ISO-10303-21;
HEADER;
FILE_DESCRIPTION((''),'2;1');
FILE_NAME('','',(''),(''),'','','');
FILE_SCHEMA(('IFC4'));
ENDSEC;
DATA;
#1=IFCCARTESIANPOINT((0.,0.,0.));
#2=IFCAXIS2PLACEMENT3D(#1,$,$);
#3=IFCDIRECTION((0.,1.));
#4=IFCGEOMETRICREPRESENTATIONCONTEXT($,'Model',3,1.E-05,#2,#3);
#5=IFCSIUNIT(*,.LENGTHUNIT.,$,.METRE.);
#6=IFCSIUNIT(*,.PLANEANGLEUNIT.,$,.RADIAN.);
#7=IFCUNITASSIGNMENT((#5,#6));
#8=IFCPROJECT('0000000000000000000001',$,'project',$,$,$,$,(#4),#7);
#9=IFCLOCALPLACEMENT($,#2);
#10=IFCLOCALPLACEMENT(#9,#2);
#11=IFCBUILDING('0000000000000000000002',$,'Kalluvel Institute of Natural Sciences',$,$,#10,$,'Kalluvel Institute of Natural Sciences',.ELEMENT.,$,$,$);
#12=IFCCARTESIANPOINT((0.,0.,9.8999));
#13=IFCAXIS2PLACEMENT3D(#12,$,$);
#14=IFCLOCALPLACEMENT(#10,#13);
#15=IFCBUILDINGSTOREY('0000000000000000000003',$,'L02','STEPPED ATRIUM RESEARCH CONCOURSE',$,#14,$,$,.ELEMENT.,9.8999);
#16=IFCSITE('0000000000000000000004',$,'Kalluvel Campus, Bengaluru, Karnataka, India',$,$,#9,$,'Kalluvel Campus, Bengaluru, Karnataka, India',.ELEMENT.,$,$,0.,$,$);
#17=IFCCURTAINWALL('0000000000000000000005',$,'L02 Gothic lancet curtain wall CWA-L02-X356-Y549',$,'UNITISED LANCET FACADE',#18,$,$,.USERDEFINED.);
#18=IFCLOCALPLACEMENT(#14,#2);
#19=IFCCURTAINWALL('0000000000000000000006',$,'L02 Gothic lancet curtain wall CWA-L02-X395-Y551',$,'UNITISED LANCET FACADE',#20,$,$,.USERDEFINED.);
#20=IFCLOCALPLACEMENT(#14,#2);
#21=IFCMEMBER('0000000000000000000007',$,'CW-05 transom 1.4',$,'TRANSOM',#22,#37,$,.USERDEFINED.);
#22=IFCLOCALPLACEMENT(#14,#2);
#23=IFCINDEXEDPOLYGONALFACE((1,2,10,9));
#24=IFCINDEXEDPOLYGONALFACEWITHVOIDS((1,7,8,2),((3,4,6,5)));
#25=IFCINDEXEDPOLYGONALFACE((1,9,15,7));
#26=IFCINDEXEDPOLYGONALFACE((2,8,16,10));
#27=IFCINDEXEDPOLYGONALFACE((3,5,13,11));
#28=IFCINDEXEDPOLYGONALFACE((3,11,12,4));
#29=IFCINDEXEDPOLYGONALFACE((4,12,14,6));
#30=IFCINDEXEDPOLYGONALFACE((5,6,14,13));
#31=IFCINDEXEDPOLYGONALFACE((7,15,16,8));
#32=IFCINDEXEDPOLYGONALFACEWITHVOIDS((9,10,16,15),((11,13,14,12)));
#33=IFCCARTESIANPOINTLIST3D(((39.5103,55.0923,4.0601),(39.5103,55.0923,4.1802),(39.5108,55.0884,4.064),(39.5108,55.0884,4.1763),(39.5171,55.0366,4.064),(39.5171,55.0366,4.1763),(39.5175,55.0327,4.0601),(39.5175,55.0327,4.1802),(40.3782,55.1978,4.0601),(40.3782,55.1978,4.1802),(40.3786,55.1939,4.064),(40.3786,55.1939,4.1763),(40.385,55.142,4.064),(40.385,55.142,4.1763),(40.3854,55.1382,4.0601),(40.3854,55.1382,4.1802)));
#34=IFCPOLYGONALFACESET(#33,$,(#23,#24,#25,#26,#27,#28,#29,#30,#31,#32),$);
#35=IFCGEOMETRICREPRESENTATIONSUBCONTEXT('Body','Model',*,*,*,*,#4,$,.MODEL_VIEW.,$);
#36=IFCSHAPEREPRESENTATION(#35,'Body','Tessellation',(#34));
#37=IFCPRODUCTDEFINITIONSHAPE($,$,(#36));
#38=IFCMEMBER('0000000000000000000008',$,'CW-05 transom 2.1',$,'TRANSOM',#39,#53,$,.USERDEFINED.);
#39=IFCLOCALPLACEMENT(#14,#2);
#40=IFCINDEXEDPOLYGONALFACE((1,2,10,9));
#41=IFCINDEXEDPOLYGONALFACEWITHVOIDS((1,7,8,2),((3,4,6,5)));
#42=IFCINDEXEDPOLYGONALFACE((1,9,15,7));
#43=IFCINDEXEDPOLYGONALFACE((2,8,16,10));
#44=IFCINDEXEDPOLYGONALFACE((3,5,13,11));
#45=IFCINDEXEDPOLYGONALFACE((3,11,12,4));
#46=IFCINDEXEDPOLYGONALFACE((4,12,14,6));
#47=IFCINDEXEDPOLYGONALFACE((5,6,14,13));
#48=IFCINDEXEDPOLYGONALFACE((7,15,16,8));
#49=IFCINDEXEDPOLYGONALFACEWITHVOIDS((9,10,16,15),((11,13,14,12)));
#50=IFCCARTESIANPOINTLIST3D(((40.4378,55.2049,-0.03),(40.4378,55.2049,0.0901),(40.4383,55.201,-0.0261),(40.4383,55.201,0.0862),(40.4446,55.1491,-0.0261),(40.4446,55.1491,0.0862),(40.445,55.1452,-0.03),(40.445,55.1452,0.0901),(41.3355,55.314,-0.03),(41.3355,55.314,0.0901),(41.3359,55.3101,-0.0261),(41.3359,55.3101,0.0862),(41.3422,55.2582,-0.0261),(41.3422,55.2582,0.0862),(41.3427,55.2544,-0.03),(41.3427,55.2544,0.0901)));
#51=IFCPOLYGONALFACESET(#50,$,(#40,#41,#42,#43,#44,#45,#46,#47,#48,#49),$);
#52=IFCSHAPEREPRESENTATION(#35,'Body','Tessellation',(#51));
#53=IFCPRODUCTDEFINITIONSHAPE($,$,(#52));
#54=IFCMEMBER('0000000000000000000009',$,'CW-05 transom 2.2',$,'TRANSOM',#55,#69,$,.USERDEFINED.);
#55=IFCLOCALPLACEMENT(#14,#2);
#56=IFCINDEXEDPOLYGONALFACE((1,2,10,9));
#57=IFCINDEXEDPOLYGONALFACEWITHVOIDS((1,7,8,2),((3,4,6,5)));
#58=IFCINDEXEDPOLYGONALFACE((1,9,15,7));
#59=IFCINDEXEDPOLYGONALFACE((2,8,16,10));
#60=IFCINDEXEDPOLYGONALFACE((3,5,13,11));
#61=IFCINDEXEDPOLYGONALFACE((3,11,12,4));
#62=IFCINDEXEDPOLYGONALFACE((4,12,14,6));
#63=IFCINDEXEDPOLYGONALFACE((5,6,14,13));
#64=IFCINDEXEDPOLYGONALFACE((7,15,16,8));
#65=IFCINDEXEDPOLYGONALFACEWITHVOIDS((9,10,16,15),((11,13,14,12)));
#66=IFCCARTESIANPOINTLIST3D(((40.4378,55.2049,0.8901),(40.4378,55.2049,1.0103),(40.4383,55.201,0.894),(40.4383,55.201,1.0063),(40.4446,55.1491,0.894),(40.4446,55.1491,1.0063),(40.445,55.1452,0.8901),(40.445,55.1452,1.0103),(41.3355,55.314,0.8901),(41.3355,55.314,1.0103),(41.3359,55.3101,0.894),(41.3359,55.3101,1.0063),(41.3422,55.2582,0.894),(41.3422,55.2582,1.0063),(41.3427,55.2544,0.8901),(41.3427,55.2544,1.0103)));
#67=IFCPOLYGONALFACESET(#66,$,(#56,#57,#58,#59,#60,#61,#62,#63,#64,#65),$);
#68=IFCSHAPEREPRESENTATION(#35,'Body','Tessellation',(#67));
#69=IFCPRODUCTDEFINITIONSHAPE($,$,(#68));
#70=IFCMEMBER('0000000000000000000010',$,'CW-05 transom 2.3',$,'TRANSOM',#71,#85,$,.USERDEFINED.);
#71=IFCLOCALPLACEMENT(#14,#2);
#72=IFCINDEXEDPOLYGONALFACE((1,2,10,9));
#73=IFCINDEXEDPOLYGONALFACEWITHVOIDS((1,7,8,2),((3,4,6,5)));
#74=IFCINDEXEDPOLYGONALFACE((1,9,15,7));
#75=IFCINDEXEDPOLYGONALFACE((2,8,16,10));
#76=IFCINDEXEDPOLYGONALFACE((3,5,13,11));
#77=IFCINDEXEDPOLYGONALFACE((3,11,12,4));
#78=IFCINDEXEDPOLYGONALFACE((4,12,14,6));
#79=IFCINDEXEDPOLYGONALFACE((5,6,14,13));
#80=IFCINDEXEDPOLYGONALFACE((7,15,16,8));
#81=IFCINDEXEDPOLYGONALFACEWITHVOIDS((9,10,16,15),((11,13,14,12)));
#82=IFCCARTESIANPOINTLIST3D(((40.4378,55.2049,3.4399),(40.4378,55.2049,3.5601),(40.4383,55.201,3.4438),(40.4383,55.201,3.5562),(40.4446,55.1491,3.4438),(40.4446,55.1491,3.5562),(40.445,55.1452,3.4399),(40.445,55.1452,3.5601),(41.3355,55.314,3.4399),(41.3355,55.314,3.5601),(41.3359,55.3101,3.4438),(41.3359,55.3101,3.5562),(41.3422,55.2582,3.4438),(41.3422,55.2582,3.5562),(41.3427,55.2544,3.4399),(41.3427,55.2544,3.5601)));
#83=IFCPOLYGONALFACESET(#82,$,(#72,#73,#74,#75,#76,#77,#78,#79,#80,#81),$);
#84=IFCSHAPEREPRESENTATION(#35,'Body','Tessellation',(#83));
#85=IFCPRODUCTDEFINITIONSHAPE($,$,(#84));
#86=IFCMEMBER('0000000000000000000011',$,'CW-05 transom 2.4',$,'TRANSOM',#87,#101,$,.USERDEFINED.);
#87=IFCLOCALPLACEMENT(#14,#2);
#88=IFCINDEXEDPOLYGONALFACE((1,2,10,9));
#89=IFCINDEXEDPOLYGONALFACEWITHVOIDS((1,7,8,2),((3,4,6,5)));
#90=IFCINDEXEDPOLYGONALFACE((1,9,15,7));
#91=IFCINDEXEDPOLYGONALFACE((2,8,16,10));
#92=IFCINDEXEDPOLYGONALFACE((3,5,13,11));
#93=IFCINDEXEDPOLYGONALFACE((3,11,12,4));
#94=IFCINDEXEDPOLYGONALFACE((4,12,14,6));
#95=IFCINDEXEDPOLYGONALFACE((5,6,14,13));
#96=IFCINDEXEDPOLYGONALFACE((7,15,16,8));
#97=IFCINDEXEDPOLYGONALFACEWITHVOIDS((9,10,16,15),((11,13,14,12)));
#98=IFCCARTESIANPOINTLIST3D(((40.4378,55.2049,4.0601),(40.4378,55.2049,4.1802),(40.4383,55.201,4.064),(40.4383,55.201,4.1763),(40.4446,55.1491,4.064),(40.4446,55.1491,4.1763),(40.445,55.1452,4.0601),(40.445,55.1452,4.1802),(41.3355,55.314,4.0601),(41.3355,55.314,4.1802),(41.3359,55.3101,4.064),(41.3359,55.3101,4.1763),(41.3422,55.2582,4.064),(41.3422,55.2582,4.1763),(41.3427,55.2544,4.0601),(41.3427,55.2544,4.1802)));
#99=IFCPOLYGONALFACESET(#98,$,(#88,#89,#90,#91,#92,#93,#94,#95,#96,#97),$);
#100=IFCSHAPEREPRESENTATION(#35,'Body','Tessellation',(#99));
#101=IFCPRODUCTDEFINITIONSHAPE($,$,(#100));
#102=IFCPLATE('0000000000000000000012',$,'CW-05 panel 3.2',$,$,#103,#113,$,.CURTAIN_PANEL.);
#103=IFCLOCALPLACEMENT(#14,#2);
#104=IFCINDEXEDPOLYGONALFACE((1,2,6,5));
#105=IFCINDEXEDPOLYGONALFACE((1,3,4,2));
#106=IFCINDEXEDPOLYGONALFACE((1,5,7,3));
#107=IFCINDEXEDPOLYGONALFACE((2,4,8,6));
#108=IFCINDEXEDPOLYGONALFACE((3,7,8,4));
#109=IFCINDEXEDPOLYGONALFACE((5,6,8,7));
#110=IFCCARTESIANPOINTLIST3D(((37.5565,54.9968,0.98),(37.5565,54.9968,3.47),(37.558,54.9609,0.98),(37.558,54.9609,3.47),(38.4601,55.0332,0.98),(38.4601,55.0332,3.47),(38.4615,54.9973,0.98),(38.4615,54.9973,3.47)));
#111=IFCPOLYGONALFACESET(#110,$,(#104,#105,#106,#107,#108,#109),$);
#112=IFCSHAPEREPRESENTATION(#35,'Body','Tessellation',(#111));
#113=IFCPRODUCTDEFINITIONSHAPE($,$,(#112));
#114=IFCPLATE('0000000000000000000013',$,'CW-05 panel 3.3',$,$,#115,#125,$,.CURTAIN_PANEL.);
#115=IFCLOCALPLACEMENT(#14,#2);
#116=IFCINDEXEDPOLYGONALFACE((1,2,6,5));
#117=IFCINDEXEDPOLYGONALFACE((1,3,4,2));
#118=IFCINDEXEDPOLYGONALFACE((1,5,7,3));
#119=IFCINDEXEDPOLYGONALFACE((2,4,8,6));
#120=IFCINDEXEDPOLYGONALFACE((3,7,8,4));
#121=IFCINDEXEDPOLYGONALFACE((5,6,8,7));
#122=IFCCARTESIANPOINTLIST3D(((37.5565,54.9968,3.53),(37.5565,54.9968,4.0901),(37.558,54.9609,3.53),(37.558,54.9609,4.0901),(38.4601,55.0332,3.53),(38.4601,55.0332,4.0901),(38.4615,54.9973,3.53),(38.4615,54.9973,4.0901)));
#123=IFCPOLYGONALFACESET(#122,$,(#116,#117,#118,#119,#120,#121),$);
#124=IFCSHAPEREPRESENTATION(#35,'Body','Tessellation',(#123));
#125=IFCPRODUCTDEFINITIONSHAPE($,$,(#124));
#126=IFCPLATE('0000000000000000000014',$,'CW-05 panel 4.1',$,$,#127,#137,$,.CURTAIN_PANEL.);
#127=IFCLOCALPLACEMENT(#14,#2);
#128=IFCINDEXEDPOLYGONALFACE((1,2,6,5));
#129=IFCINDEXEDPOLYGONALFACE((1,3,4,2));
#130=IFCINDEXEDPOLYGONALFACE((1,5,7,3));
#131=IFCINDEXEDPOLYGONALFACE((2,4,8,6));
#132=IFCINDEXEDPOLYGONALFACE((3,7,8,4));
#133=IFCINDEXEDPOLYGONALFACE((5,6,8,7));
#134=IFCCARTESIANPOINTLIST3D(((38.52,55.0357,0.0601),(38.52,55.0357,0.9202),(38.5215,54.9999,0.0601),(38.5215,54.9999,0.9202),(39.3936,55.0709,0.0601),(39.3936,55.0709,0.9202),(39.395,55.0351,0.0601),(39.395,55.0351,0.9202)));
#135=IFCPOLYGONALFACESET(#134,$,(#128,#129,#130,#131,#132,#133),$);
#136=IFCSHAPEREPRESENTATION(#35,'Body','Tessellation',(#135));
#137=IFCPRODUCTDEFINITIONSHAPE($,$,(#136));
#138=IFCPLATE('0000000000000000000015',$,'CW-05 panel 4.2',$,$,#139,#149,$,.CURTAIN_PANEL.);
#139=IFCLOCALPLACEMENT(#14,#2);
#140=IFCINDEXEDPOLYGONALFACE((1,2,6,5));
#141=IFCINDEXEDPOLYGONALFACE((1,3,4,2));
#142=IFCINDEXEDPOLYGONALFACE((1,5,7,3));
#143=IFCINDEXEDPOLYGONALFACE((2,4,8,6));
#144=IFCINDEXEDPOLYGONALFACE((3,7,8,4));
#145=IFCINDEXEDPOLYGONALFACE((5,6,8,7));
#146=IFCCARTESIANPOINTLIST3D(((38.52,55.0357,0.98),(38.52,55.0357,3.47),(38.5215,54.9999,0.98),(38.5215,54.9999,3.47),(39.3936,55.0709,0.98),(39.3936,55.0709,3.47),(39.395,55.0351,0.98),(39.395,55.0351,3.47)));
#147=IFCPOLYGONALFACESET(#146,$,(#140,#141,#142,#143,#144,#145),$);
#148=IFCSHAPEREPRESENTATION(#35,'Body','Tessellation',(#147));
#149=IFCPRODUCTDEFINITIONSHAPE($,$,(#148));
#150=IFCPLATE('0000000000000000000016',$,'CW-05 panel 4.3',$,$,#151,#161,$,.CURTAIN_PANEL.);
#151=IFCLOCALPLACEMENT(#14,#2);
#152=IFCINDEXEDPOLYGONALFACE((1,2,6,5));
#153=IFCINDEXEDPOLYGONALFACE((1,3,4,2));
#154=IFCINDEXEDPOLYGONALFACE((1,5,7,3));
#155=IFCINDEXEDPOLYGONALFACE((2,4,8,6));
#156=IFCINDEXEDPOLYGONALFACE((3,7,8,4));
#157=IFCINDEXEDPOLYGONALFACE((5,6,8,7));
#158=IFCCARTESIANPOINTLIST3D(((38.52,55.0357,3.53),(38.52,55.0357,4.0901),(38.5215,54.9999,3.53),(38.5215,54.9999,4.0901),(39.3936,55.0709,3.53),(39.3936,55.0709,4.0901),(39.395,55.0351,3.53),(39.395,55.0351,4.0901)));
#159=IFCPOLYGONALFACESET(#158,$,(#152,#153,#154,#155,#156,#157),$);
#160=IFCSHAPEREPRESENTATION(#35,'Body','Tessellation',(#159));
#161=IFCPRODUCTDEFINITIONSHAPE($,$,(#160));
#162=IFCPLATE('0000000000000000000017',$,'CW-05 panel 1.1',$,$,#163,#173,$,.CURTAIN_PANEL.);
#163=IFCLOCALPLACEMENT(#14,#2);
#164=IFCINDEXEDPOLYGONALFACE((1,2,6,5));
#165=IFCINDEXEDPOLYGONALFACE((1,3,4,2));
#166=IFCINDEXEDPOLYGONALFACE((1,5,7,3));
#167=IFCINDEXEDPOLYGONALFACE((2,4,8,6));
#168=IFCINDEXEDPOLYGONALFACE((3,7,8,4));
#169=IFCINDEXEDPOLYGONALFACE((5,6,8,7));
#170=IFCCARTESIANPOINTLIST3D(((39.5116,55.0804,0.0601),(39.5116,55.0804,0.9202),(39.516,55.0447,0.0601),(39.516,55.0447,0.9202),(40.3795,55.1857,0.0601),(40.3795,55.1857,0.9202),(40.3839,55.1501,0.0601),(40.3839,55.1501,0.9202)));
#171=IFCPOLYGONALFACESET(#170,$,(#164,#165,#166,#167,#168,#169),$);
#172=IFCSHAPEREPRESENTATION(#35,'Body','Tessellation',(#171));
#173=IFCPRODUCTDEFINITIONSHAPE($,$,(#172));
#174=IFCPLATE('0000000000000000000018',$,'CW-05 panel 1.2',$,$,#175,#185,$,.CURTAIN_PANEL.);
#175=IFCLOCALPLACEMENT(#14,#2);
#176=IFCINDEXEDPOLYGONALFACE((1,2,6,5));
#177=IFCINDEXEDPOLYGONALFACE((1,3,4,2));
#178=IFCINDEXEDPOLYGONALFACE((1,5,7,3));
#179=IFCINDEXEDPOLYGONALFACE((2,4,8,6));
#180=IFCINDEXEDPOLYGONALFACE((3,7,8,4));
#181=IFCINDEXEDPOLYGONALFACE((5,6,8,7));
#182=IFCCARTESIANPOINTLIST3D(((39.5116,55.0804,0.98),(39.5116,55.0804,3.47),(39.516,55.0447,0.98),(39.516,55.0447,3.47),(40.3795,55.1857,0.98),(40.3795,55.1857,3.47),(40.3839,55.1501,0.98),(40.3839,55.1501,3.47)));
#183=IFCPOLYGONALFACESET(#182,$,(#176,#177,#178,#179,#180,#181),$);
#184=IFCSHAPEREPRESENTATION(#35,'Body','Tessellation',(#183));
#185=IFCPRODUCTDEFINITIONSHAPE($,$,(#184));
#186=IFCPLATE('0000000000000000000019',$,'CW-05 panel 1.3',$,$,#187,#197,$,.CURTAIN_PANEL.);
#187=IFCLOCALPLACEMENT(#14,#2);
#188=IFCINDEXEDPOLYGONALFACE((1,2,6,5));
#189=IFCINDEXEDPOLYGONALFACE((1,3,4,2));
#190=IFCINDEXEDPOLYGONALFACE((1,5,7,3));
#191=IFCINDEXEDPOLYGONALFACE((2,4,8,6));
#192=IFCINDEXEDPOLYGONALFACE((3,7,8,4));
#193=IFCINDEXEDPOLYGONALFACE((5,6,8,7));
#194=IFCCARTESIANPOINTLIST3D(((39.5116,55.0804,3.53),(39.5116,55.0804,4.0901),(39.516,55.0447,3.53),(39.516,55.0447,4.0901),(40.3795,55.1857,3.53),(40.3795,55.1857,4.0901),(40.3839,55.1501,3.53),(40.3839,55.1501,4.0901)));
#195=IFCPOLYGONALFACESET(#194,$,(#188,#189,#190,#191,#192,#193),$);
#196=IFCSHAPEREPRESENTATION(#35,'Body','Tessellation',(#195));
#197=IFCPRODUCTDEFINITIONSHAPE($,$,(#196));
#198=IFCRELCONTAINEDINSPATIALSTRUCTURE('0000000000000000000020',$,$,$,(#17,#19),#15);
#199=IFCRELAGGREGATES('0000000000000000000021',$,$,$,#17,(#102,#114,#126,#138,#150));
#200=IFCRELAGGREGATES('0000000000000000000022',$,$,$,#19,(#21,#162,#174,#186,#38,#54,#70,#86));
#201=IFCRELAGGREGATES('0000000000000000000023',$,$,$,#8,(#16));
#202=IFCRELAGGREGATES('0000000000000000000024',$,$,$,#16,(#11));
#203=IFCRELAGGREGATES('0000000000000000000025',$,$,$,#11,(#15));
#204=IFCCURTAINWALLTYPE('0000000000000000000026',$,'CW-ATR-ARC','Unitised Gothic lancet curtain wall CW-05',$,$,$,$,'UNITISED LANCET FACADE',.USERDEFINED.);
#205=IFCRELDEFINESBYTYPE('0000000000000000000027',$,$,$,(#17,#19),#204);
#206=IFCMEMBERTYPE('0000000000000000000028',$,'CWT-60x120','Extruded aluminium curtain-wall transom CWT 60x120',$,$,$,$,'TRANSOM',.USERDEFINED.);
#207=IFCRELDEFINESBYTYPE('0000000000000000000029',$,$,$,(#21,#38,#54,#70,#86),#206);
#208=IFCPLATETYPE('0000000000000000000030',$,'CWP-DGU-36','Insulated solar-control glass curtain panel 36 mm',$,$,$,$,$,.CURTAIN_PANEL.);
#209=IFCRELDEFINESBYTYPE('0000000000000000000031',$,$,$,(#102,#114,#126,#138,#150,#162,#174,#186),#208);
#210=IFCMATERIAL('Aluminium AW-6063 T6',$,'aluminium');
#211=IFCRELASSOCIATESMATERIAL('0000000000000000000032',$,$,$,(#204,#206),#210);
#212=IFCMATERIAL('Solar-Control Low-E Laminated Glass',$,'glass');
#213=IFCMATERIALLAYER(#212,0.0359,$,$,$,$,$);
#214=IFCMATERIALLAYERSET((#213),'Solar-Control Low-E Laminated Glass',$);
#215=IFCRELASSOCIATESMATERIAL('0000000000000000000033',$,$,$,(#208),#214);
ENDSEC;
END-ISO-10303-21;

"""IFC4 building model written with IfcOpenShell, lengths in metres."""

from ifc_helpers import new_model, si_unit, direction, frame, origin, origin_2d, place, context, subcontext, project, spatial, rectangle, hollow_rectangle, extrude, material, layer, layer_set, material_profile, profile_set, type_object, element, aggregate, save


model = new_model("IFC4")

# Units and contexts
model_context = context("Model", 3, precision=1e-05, world=origin(), true_north=direction((0.0, 1.0)))
body_context = subcontext(model_context, "Body", "Model", "MODEL_VIEW")
ifc_project = project(units=[si_unit("LENGTHUNIT", "METRE"), si_unit("PLANEANGLEUNIT", "RADIAN")], contexts=[model_context])

# Site, building, storey
site_placement = place(None, origin())
site = spatial("IfcSite", under=ifc_project, at=site_placement, Name="Kalluvel Campus, Bengaluru, Karnataka, India", LongName="Kalluvel Campus, Bengaluru, Karnataka, India", CompositionType="ELEMENT", RefElevation=0.0)
building_placement = place(site_placement, origin())
building = spatial("IfcBuilding", under=site, at=building_placement, Name="Kalluvel Institute of Natural Sciences", LongName="Kalluvel Institute of Natural Sciences", CompositionType="ELEMENT")
storey_placement = place(building_placement, frame((0.0, 0.0, 9.8999)))
storey = spatial("IfcBuildingStorey", under=building, at=storey_placement, Name="L02", Description="STEPPED ATRIUM RESEARCH CONCOURSE", CompositionType="ELEMENT", Elevation=9.8999)

# Curtain walls
ifc_material_1 = material(Name="Aluminium AW-6063 T6", Category="aluminium")
curtain_wall_type = type_object("IfcCurtainWallType", Name="CW-ATR-ARC", Description="Unitised Gothic lancet curtain wall CW-05", ElementType="UNITISED LANCET FACADE", PredefinedType="USERDEFINED", material=ifc_material_1)
curtain_wall_1_placement = place(storey_placement, origin())
curtain_wall_1 = element("IfcCurtainWall", 1, at=curtain_wall_1_placement, inside=storey, type_object=curtain_wall_type, Name="L02 Gothic lancet curtain wall CWA-L02-X356-Y549", ObjectType="UNITISED LANCET FACADE", PredefinedType="USERDEFINED")
curtain_wall_2_placement = place(storey_placement, origin())
curtain_wall_2 = element("IfcCurtainWall", 2, at=curtain_wall_2_placement, inside=storey, type_object=curtain_wall_type, Name="L02 Gothic lancet curtain wall CWA-L02-X395-Y551", ObjectType="UNITISED LANCET FACADE", PredefinedType="USERDEFINED")

# Members
ifc_material_profile_1 = material_profile(ifc_material_1, hollow_rectangle(XDim=0.0601, YDim=0.1201, WallThickness=0.0039, at=origin_2d()), Name="CWT 60x120")
ifc_profile_set_1 = profile_set([ifc_material_profile_1], Name="Aluminium AW-6063 T6")
member_type_1 = type_object("IfcMemberType", Name="CWT-60x120", Description="Extruded aluminium curtain-wall transom CWT 60x120", ElementType="TRANSOM", PredefinedType="USERDEFINED", material=ifc_profile_set_1)
member_1_placement = place(storey_placement, frame((39.5139, 55.0625, 4.1201), z_axis=(0.992697, 0.120632, 0.0), x_axis=(-0.120632, 0.992697, 0.0)))
member_1 = element("IfcMember", 3, at=member_1_placement, type_object=member_type_1, Name="CW-05 transom 1.4", ObjectType="TRANSOM", PredefinedType="USERDEFINED", context=body_context, shape_type="SweptSolid", body=[
    extrude(hollow_rectangle(XDim=0.0601, YDim=0.1201, WallThickness=0.0039, at=origin_2d()), origin(), (0.0, 0.0, 1.0), 0.8743),
])
member_2_placement = place(storey_placement, frame((40.4414, 55.175, 0.03), z_axis=(0.992692, 0.120678, 0.0), x_axis=(-0.120678, 0.992692, 0.0)))
member_2 = element("IfcMember", 4, at=member_2_placement, type_object=member_type_1, Name="CW-05 transom 2.1", ObjectType="TRANSOM", PredefinedType="USERDEFINED", context=body_context, shape_type="SweptSolid", body=[
    extrude(hollow_rectangle(XDim=0.0601, YDim=0.1201, WallThickness=0.0039, at=origin_2d()), origin(), (0.0, 0.0, 1.0), 0.9043),
])
member_3_placement = place(storey_placement, frame((40.4414, 55.175, 0.9502), z_axis=(0.992692, 0.120678, 0.0), x_axis=(-0.120678, 0.992692, 0.0)))
member_3 = element("IfcMember", 5, at=member_3_placement, type_object=member_type_1, Name="CW-05 transom 2.2", ObjectType="TRANSOM", PredefinedType="USERDEFINED", context=body_context, shape_type="SweptSolid", body=[
    extrude(hollow_rectangle(XDim=0.0601, YDim=0.1201, WallThickness=0.0039, at=origin_2d()), origin(), (0.0, 0.0, 1.0), 0.9043),
])
member_4_placement = place(storey_placement, frame((40.4414, 55.175, 3.5), z_axis=(0.992692, 0.120678, 0.0), x_axis=(-0.120678, 0.992692, 0.0)))
member_4 = element("IfcMember", 6, at=member_4_placement, type_object=member_type_1, Name="CW-05 transom 2.3", ObjectType="TRANSOM", PredefinedType="USERDEFINED", context=body_context, shape_type="SweptSolid", body=[
    extrude(hollow_rectangle(XDim=0.0601, YDim=0.1201, WallThickness=0.0039, at=origin_2d()), origin(), (0.0, 0.0, 1.0), 0.9043),
])
member_5_placement = place(storey_placement, frame((40.4414, 55.175, 4.1201), z_axis=(0.992692, 0.120678, 0.0), x_axis=(-0.120678, 0.992692, 0.0)))
member_5 = element("IfcMember", 7, at=member_5_placement, type_object=member_type_1, Name="CW-05 transom 2.4", ObjectType="TRANSOM", PredefinedType="USERDEFINED", context=body_context, shape_type="SweptSolid", body=[
    extrude(hollow_rectangle(XDim=0.0601, YDim=0.1201, WallThickness=0.0039, at=origin_2d()), origin(), (0.0, 0.0, 1.0), 0.9043),
])

# Plates
ifc_material_2 = material(Name="Solar-Control Low-E Laminated Glass", Category="glass")
ifc_layer = layer(ifc_material_2, 0.0359)
ifc_layer_set = layer_set([ifc_layer], Name="Solar-Control Low-E Laminated Glass")
plate_type = type_object("IfcPlateType", Name="CWP-DGU-36", Description="Insulated solar-control glass curtain panel 36 mm", PredefinedType="CURTAIN_PANEL", material=ifc_layer_set)
plate_1_placement = place(storey_placement, frame((38.009, 54.9971, 0.98), z_axis=(0.0, 0.0, 1.0), x_axis=(0.999189, 0.04026, 0.0)))
plate_1 = element("IfcPlate", 8, at=plate_1_placement, type_object=plate_type, Name="CW-05 panel 3.2", PredefinedType="CURTAIN_PANEL", context=body_context, shape_type="SweptSolid", body=[
    extrude(rectangle(XDim=0.9043, YDim=0.0359, at=origin_2d()), origin(), (0.0, 0.0, 1.0), 2.49),
])
plate_2_placement = place(storey_placement, frame((38.009, 54.9971, 3.53), z_axis=(0.0, 0.0, 1.0), x_axis=(0.999189, 0.04026, 0.0)))
plate_2 = element("IfcPlate", 9, at=plate_2_placement, type_object=plate_type, Name="CW-05 panel 3.3", PredefinedType="CURTAIN_PANEL", context=body_context, shape_type="SweptSolid", body=[
    extrude(rectangle(XDim=0.9043, YDim=0.0359, at=origin_2d()), origin(), (0.0, 0.0, 1.0), 0.5601),
])
plate_3_placement = place(storey_placement, frame((38.9575, 55.0354, 0.0601), z_axis=(0.0, 0.0, 1.0), x_axis=(0.999189, 0.04026, 0.0)))
plate_3 = element("IfcPlate", 10, at=plate_3_placement, type_object=plate_type, Name="CW-05 panel 4.1", PredefinedType="CURTAIN_PANEL", context=body_context, shape_type="SweptSolid", body=[
    extrude(rectangle(XDim=0.8743, YDim=0.0359, at=origin_2d()), origin(), (0.0, 0.0, 1.0), 0.8601),
])
plate_4_placement = place(storey_placement, frame((38.9575, 55.0354, 0.98), z_axis=(0.0, 0.0, 1.0), x_axis=(0.999189, 0.04026, 0.0)))
plate_4 = element("IfcPlate", 11, at=plate_4_placement, type_object=plate_type, Name="CW-05 panel 4.2", PredefinedType="CURTAIN_PANEL", context=body_context, shape_type="SweptSolid", body=[
    extrude(rectangle(XDim=0.8743, YDim=0.0359, at=origin_2d()), origin(), (0.0, 0.0, 1.0), 2.49),
])
plate_5_placement = place(storey_placement, frame((38.9575, 55.0354, 3.53), z_axis=(0.0, 0.0, 1.0), x_axis=(0.999189, 0.04026, 0.0)))
plate_5 = element("IfcPlate", 12, at=plate_5_placement, type_object=plate_type, Name="CW-05 panel 4.3", PredefinedType="CURTAIN_PANEL", context=body_context, shape_type="SweptSolid", body=[
    extrude(rectangle(XDim=0.8743, YDim=0.0359, at=origin_2d()), origin(), (0.0, 0.0, 1.0), 0.5601),
])
aggregate(curtain_wall_1, [plate_1, plate_2, plate_3, plate_4, plate_5])
plate_6_placement = place(storey_placement, frame((39.9478, 55.1152, 0.0601), z_axis=(0.0, 0.0, 1.0), x_axis=(0.992708, 0.120543, 0.0)))
plate_6 = element("IfcPlate", 13, at=plate_6_placement, type_object=plate_type, Name="CW-05 panel 1.1", PredefinedType="CURTAIN_PANEL", context=body_context, shape_type="SweptSolid", body=[
    extrude(rectangle(XDim=0.8743, YDim=0.0359, at=origin_2d()), origin(), (0.0, 0.0, 1.0), 0.8601),
])
plate_7_placement = place(storey_placement, frame((39.9478, 55.1152, 0.98), z_axis=(0.0, 0.0, 1.0), x_axis=(0.992708, 0.120543, 0.0)))
plate_7 = element("IfcPlate", 14, at=plate_7_placement, type_object=plate_type, Name="CW-05 panel 1.2", PredefinedType="CURTAIN_PANEL", context=body_context, shape_type="SweptSolid", body=[
    extrude(rectangle(XDim=0.8743, YDim=0.0359, at=origin_2d()), origin(), (0.0, 0.0, 1.0), 2.49),
])
plate_8_placement = place(storey_placement, frame((39.9478, 55.1152, 3.53), z_axis=(0.0, 0.0, 1.0), x_axis=(0.992708, 0.120543, 0.0)))
plate_8 = element("IfcPlate", 15, at=plate_8_placement, type_object=plate_type, Name="CW-05 panel 1.3", PredefinedType="CURTAIN_PANEL", context=body_context, shape_type="SweptSolid", body=[
    extrude(rectangle(XDim=0.8743, YDim=0.0359, at=origin_2d()), origin(), (0.0, 0.0, 1.0), 0.5601),
])
aggregate(curtain_wall_2, [member_1, plate_6, plate_7, plate_8, member_2, member_3, member_4, member_5])

save(model, "model.ifc")
